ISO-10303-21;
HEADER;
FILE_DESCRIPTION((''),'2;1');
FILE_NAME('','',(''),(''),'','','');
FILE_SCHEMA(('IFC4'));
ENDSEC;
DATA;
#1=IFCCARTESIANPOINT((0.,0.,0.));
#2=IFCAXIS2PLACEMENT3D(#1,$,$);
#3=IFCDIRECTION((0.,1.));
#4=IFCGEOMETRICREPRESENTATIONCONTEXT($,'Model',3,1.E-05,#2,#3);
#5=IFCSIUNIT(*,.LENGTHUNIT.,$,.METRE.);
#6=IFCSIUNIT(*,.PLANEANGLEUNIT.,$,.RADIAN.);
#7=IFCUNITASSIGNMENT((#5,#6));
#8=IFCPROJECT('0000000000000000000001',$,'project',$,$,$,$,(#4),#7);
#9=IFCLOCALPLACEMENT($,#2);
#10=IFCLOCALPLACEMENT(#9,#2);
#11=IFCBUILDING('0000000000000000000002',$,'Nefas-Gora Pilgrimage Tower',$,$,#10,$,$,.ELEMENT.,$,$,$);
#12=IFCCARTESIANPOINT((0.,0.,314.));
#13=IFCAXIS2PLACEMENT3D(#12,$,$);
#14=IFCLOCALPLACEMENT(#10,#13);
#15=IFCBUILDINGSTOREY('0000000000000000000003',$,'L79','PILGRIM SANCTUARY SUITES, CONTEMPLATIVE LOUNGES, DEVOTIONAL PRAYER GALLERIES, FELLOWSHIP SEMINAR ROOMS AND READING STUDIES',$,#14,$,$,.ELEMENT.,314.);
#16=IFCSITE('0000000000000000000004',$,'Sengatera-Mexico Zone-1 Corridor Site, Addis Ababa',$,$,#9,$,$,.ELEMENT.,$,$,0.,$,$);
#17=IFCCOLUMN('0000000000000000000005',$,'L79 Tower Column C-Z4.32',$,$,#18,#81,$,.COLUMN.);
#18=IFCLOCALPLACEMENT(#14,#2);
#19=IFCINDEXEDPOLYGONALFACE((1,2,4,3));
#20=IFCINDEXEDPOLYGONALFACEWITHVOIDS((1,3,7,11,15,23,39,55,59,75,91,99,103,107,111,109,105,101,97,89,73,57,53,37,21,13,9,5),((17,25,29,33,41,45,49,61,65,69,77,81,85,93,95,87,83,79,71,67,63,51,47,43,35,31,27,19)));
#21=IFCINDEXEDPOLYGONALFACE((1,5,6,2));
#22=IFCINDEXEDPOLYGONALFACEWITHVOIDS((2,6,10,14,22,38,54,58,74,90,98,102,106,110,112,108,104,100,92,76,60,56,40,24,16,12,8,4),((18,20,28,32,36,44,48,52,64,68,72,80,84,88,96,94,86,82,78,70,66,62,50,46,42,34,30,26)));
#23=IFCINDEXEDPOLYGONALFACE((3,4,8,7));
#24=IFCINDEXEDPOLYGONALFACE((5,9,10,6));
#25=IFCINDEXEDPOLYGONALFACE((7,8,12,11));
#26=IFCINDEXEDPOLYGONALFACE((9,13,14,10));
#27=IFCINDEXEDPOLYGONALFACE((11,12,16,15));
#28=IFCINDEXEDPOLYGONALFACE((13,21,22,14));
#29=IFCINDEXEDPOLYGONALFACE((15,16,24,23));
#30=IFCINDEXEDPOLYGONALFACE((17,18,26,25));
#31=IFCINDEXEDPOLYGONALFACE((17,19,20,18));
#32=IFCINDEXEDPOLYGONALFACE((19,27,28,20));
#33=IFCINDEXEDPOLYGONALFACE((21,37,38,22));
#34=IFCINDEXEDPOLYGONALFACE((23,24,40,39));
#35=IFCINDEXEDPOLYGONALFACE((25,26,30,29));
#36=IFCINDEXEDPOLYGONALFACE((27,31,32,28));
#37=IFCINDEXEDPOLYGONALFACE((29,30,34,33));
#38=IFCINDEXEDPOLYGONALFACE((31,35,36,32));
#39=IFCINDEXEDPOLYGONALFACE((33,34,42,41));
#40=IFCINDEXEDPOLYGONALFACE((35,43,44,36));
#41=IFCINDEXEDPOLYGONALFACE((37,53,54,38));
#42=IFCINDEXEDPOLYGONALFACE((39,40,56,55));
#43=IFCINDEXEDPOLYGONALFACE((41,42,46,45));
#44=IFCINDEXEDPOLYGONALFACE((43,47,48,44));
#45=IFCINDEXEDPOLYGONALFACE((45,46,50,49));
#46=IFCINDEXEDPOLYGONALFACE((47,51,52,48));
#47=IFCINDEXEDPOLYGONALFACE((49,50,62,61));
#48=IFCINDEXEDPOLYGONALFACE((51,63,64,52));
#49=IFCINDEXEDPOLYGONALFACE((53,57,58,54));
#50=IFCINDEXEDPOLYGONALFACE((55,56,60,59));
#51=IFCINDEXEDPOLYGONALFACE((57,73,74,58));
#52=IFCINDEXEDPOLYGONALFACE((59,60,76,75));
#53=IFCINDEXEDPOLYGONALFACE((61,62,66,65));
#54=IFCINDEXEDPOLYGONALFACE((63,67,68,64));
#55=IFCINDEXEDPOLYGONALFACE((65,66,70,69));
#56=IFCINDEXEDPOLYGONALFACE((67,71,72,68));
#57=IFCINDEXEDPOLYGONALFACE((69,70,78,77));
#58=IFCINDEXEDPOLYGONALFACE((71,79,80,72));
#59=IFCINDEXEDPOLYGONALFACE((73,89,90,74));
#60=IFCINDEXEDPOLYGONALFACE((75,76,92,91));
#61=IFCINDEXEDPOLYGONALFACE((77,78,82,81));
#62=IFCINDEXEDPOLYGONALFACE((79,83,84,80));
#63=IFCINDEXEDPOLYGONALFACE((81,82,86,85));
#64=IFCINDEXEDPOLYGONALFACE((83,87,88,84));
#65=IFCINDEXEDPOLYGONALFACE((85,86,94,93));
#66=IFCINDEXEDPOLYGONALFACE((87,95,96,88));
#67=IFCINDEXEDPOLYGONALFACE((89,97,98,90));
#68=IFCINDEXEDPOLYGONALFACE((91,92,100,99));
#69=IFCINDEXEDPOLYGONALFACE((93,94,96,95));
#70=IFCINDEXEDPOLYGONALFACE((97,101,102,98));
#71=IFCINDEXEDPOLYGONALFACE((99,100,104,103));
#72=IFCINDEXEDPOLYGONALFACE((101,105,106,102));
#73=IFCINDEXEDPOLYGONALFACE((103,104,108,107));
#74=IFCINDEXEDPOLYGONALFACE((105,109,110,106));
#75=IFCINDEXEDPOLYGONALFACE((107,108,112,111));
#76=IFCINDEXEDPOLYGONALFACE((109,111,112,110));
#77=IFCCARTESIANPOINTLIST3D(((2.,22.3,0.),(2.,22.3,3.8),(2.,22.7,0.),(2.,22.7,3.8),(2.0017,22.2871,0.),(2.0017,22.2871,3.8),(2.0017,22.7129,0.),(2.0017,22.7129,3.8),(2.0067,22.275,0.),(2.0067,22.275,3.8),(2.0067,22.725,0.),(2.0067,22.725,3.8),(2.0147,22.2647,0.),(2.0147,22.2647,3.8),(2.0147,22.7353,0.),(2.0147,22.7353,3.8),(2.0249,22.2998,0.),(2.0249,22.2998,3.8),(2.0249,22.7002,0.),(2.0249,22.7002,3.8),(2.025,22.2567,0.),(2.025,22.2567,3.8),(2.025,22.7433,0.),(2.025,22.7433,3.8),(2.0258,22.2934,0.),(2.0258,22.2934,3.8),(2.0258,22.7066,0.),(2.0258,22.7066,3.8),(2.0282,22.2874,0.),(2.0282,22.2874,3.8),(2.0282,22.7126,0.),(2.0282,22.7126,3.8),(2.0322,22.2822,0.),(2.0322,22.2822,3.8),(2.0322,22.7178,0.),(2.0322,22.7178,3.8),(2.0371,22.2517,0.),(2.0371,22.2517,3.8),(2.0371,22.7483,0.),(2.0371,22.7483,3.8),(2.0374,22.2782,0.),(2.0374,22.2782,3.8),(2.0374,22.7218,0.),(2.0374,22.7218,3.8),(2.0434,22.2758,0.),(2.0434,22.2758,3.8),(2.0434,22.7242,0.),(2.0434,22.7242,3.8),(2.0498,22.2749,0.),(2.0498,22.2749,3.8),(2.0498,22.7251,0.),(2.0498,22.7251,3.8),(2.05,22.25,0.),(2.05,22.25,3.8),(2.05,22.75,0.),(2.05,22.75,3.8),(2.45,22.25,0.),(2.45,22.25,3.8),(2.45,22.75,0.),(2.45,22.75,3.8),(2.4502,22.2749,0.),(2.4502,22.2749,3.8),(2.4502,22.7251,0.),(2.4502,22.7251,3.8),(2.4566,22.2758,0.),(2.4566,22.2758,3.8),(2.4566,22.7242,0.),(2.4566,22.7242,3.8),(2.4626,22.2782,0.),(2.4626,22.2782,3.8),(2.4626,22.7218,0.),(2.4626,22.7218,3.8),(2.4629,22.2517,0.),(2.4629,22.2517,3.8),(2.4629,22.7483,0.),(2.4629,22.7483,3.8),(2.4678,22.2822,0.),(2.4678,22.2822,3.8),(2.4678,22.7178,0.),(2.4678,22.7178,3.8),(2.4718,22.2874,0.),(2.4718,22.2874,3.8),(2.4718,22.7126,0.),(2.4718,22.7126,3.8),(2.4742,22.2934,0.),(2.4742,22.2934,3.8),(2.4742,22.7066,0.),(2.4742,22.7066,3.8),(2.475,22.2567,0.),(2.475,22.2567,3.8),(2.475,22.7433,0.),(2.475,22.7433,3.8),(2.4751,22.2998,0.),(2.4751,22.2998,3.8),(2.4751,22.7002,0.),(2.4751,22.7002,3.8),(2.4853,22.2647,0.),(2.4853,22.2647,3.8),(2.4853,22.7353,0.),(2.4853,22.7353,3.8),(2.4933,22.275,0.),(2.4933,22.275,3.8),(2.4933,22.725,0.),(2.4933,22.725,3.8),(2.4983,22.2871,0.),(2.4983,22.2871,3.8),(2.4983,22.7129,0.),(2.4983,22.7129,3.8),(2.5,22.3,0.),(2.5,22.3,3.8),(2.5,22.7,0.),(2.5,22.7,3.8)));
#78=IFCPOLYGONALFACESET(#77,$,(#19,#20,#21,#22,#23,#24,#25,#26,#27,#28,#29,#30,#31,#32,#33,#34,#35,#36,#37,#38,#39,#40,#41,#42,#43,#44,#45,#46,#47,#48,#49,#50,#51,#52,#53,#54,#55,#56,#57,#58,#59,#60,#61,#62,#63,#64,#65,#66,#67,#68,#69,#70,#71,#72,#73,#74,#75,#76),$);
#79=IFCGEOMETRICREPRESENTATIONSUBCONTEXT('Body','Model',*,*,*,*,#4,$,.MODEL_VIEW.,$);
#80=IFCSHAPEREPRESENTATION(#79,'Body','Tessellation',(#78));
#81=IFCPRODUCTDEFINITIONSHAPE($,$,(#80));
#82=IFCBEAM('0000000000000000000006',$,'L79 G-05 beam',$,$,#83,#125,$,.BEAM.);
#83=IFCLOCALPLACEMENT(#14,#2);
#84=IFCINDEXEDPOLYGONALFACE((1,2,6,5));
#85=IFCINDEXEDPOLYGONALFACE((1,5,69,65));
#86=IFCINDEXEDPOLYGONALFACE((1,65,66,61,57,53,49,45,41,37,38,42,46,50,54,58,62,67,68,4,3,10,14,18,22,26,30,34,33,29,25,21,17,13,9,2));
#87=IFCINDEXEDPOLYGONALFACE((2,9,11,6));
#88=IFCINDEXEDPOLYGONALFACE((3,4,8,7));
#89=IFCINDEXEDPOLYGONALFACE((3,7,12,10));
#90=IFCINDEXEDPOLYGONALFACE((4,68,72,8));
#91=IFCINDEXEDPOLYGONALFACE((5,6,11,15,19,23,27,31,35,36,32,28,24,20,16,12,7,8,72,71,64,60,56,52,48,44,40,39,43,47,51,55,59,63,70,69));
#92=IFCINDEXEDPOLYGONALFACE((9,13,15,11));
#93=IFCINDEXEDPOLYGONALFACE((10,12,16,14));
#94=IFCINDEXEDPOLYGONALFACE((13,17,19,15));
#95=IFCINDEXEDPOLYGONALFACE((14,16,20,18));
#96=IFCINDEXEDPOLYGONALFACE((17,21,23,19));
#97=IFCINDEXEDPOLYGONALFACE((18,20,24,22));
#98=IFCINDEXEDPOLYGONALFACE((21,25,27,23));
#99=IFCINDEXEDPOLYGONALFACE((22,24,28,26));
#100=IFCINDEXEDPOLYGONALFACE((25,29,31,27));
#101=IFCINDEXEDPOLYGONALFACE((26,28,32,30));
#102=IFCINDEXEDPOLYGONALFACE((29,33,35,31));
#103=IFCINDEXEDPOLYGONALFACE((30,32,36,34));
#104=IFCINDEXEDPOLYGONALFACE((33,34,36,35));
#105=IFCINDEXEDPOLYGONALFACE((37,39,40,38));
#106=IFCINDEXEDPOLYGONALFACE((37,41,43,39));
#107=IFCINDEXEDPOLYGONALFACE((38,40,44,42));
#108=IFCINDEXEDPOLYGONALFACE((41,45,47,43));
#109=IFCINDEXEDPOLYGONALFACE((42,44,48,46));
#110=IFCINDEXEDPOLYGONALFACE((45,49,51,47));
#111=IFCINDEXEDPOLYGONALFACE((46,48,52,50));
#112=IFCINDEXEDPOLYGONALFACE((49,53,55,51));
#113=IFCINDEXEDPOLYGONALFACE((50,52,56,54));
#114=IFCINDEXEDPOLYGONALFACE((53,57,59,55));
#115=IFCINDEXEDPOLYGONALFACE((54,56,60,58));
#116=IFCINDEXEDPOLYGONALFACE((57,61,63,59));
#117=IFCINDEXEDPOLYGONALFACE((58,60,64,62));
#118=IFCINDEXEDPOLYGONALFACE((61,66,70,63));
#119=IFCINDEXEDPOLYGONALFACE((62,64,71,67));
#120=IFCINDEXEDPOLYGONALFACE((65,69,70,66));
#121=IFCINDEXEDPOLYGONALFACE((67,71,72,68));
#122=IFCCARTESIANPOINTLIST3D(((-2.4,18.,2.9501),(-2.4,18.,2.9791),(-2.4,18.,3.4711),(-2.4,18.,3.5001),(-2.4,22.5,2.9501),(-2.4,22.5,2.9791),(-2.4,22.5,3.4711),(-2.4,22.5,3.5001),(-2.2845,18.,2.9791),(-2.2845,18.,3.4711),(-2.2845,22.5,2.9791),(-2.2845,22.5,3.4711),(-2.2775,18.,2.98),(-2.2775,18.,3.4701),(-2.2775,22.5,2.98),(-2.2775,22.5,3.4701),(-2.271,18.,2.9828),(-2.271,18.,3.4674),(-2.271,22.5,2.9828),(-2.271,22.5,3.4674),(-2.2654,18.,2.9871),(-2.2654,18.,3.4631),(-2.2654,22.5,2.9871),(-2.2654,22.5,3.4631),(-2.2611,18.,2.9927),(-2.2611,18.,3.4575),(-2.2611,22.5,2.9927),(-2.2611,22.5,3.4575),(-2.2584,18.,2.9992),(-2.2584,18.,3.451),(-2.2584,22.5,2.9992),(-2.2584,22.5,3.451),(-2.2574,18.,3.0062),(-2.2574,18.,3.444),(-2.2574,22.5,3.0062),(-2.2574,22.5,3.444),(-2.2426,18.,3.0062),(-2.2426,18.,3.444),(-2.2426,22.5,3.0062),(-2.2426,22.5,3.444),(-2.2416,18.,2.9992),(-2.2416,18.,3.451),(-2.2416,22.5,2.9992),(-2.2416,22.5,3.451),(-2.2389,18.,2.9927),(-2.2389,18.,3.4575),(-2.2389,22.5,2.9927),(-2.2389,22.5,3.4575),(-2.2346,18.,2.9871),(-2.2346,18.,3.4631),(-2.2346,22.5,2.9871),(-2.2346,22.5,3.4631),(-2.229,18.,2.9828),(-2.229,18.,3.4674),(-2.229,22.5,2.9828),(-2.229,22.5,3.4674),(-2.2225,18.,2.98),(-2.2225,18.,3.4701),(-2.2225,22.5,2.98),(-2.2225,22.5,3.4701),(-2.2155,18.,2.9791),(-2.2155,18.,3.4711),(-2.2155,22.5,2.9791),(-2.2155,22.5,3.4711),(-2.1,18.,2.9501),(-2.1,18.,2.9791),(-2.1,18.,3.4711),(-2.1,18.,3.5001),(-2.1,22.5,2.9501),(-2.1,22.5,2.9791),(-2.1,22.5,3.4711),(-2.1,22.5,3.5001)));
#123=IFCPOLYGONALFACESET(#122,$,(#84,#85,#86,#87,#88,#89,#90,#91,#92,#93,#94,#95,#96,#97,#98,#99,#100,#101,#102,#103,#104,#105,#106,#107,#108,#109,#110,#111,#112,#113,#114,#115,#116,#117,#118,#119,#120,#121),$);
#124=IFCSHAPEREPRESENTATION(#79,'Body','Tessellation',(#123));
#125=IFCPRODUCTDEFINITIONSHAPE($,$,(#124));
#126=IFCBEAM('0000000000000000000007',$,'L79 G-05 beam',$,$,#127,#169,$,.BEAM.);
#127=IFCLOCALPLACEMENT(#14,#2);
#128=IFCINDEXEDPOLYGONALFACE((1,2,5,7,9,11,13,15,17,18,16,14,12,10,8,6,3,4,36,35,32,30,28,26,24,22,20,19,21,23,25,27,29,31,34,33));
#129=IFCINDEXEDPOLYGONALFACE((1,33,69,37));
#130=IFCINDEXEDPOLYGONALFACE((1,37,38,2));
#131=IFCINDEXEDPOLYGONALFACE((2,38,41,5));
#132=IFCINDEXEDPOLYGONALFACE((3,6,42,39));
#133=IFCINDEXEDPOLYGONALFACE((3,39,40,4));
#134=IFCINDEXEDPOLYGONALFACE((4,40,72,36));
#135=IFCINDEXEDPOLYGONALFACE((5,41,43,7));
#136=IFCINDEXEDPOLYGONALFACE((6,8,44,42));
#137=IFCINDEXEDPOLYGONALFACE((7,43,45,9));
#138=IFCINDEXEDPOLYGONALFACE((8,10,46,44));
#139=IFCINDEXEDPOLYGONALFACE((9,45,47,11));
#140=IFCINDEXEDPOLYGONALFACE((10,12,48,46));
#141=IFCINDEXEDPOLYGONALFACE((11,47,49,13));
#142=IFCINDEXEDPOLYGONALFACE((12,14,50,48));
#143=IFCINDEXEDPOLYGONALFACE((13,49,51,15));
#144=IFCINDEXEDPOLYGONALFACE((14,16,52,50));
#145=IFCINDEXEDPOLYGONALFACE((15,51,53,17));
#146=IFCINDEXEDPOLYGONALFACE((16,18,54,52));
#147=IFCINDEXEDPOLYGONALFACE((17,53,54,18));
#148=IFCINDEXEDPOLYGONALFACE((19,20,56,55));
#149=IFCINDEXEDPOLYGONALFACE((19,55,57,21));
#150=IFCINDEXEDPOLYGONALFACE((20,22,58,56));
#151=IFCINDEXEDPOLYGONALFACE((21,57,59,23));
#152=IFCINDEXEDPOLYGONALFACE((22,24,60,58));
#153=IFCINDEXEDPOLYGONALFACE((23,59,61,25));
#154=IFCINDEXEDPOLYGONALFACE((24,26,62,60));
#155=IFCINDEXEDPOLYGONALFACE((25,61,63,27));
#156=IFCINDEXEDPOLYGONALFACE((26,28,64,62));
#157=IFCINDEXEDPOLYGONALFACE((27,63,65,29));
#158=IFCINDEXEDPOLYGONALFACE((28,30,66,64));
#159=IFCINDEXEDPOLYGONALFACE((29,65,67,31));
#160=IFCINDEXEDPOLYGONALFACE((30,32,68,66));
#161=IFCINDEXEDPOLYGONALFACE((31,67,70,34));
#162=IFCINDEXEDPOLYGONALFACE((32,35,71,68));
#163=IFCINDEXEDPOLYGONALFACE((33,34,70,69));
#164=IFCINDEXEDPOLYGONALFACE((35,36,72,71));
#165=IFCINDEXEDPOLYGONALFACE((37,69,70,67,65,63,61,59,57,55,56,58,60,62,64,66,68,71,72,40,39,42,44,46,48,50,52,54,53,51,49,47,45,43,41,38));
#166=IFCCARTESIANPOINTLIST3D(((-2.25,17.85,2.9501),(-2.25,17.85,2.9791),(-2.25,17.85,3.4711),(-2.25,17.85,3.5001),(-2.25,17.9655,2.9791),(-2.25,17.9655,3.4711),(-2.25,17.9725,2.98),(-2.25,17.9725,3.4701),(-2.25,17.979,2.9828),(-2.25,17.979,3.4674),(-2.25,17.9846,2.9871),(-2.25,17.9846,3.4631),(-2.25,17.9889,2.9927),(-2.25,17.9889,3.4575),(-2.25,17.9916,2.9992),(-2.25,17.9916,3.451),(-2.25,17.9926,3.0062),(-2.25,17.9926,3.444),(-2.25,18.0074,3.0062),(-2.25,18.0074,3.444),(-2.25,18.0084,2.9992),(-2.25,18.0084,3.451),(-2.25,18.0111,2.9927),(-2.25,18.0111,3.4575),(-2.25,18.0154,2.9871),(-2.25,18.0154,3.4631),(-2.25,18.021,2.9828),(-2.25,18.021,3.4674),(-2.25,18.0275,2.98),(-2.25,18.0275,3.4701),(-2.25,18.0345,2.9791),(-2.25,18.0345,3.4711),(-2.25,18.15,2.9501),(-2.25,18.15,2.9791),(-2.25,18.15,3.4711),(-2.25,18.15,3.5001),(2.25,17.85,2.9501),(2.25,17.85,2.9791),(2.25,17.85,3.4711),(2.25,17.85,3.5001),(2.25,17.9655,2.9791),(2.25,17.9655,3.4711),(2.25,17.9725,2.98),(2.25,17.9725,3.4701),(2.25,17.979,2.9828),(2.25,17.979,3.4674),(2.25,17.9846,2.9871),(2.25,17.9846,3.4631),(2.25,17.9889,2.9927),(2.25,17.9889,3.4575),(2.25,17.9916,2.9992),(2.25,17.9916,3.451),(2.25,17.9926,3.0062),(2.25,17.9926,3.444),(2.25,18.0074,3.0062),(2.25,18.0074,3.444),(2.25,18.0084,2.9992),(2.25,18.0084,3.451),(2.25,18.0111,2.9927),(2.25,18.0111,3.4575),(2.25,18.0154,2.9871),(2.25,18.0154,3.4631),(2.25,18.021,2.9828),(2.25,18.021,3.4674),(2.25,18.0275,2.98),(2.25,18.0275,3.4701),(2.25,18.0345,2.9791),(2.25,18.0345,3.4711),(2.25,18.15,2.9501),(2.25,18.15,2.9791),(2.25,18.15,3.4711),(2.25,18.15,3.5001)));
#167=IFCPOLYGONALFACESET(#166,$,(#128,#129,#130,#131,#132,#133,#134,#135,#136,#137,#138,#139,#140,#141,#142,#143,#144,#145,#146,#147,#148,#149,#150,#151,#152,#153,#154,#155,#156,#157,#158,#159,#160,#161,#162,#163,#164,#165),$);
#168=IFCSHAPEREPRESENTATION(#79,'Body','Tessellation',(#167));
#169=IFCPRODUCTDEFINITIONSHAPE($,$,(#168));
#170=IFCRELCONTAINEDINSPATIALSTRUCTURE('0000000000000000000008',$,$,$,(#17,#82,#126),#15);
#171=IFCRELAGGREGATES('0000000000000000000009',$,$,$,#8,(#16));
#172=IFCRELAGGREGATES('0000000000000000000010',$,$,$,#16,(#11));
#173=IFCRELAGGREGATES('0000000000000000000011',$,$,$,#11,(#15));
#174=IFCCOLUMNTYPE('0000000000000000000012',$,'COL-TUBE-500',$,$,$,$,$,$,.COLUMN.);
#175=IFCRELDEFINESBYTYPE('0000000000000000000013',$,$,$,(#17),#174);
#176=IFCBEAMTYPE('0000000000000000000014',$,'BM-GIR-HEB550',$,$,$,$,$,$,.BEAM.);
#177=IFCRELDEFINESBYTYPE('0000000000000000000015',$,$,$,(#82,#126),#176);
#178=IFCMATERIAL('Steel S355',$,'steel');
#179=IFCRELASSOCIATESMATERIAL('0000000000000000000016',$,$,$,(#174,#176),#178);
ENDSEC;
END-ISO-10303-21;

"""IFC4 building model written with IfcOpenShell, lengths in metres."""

from ifc_helpers import new_model, si_unit, direction, frame, origin, origin_2d, place, context, subcontext, project, spatial, hollow_rectangle, i_section, extrude, source, transform, mapped, material, material_profile, profile_set, type_object, element, save


model = new_model("IFC4")

# Units and contexts
model_context = context("Model", 3, precision=1e-05, world=origin(), true_north=direction((0.0, 1.0)))
body_context = subcontext(model_context, "Body", "Model", "MODEL_VIEW")
ifc_project = project(units=[si_unit("LENGTHUNIT", "METRE"), si_unit("PLANEANGLEUNIT", "RADIAN")], contexts=[model_context])

# Site, building, storey
site_placement = place(None, origin())
site = spatial("IfcSite", under=ifc_project, at=site_placement, Name="Sengatera-Mexico Zone-1 Corridor Site, Addis Ababa", CompositionType="ELEMENT", RefElevation=0.0)
building_placement = place(site_placement, origin())
building = spatial("IfcBuilding", under=site, at=building_placement, Name="Nefas-Gora Pilgrimage Tower", CompositionType="ELEMENT")
storey_placement = place(building_placement, frame((0.0, 0.0, 314.0)))
storey = spatial("IfcBuildingStorey", under=building, at=storey_placement, Name="L79", Description="PILGRIM SANCTUARY SUITES, CONTEMPLATIVE LOUNGES, DEVOTIONAL PRAYER GALLERIES, FELLOWSHIP SEMINAR ROOMS AND READING STUDIES", CompositionType="ELEMENT", Elevation=314.0)

# Column
ifc_material_1 = material(Name="Steel S355", Category="steel")
ifc_material_profile_1 = material_profile(ifc_material_1, hollow_rectangle(XDim=0.5, YDim=0.5, WallThickness=0.0249, InnerFilletRadius=0.0249, OuterFilletRadius=0.05, at=origin_2d()), Name="SHS 500x500x25")
ifc_profile_set_1 = profile_set([ifc_material_profile_1], Name="Steel S355")
column_type_1 = type_object("IfcColumnType", Name="COL-TUBE-500", PredefinedType="COLUMN", material=ifc_profile_set_1)
shared_shape_1 = source(origin(), body_context, "Body", "SweptSolid", [
    extrude(hollow_rectangle(XDim=0.5, YDim=0.5, WallThickness=0.0249, InnerFilletRadius=0.0249, OuterFilletRadius=0.05, at=origin_2d()), origin(), (0.0, 0.0, 1.0), 3.8),
])
column_placement = place(storey_placement, frame((2.25, 22.5, 0.0), z_axis=(0.0, 0.0, 1.0), x_axis=(1.0, 0.0, 0.0)))
element("IfcColumn", 1, at=column_placement, inside=storey, type_object=column_type_1, Name="L79 Tower Column C-Z4.32", PredefinedType="COLUMN", context=body_context, shape_type="MappedRepresentation", body=[
    mapped(shared_shape_1, transform((0.0, 0.0, 0.0), x_axis=(1.0, 0.0, 0.0), y_axis=(0.0, 1.0, 0.0), z_axis=(0.0, 0.0, 1.0), scale=1.0)),
])

# Beams
ifc_material_profile_2 = material_profile(ifc_material_1, i_section(OverallWidth=0.3, OverallDepth=0.55, WebThickness=0.0149, FlangeThickness=0.0291, FilletRadius=0.0271, at=origin_2d()), Name="HEB 550")
ifc_profile_set_2 = profile_set([ifc_material_profile_2], Name="Steel S355")
beam_type = type_object("IfcBeamType", Name="BM-GIR-HEB550", PredefinedType="BEAM", material=ifc_profile_set_2)
shared_shape_2 = source(origin(), body_context, "Body", "SweptSolid", [
    extrude(i_section(OverallWidth=0.3, OverallDepth=0.55, WebThickness=0.0149, FlangeThickness=0.0291, FilletRadius=0.0271, at=origin_2d()), origin(), (0.0, 0.0, 1.0), 4.5),
])
for number, where, z_axis, x_axis, name in (
    (2, (-2.25, 18.0, 3.2251), (0.0, 1.0, 0.0), (-1.0, 0.0, 0.0), "L79 G-05 beam"),
    (3, (-2.25, 18.0, 3.2251), (1.0, 0.0, 0.0), (0.0, 1.0, 0.0), "L79 G-05 beam"),
):
    element("IfcBeam", number, at=place(storey_placement, frame(where, z_axis=z_axis, x_axis=x_axis)), inside=storey, type_object=beam_type, Name=name, PredefinedType="BEAM", context=body_context, shape_type="MappedRepresentation", body=[
        mapped(shared_shape_2, transform((0.0, 0.0, 0.0), x_axis=(1.0, 0.0, 0.0), y_axis=(0.0, 1.0, 0.0), z_axis=(0.0, 0.0, 1.0), scale=1.0)),
    ])

save(model, "model.ifc")
